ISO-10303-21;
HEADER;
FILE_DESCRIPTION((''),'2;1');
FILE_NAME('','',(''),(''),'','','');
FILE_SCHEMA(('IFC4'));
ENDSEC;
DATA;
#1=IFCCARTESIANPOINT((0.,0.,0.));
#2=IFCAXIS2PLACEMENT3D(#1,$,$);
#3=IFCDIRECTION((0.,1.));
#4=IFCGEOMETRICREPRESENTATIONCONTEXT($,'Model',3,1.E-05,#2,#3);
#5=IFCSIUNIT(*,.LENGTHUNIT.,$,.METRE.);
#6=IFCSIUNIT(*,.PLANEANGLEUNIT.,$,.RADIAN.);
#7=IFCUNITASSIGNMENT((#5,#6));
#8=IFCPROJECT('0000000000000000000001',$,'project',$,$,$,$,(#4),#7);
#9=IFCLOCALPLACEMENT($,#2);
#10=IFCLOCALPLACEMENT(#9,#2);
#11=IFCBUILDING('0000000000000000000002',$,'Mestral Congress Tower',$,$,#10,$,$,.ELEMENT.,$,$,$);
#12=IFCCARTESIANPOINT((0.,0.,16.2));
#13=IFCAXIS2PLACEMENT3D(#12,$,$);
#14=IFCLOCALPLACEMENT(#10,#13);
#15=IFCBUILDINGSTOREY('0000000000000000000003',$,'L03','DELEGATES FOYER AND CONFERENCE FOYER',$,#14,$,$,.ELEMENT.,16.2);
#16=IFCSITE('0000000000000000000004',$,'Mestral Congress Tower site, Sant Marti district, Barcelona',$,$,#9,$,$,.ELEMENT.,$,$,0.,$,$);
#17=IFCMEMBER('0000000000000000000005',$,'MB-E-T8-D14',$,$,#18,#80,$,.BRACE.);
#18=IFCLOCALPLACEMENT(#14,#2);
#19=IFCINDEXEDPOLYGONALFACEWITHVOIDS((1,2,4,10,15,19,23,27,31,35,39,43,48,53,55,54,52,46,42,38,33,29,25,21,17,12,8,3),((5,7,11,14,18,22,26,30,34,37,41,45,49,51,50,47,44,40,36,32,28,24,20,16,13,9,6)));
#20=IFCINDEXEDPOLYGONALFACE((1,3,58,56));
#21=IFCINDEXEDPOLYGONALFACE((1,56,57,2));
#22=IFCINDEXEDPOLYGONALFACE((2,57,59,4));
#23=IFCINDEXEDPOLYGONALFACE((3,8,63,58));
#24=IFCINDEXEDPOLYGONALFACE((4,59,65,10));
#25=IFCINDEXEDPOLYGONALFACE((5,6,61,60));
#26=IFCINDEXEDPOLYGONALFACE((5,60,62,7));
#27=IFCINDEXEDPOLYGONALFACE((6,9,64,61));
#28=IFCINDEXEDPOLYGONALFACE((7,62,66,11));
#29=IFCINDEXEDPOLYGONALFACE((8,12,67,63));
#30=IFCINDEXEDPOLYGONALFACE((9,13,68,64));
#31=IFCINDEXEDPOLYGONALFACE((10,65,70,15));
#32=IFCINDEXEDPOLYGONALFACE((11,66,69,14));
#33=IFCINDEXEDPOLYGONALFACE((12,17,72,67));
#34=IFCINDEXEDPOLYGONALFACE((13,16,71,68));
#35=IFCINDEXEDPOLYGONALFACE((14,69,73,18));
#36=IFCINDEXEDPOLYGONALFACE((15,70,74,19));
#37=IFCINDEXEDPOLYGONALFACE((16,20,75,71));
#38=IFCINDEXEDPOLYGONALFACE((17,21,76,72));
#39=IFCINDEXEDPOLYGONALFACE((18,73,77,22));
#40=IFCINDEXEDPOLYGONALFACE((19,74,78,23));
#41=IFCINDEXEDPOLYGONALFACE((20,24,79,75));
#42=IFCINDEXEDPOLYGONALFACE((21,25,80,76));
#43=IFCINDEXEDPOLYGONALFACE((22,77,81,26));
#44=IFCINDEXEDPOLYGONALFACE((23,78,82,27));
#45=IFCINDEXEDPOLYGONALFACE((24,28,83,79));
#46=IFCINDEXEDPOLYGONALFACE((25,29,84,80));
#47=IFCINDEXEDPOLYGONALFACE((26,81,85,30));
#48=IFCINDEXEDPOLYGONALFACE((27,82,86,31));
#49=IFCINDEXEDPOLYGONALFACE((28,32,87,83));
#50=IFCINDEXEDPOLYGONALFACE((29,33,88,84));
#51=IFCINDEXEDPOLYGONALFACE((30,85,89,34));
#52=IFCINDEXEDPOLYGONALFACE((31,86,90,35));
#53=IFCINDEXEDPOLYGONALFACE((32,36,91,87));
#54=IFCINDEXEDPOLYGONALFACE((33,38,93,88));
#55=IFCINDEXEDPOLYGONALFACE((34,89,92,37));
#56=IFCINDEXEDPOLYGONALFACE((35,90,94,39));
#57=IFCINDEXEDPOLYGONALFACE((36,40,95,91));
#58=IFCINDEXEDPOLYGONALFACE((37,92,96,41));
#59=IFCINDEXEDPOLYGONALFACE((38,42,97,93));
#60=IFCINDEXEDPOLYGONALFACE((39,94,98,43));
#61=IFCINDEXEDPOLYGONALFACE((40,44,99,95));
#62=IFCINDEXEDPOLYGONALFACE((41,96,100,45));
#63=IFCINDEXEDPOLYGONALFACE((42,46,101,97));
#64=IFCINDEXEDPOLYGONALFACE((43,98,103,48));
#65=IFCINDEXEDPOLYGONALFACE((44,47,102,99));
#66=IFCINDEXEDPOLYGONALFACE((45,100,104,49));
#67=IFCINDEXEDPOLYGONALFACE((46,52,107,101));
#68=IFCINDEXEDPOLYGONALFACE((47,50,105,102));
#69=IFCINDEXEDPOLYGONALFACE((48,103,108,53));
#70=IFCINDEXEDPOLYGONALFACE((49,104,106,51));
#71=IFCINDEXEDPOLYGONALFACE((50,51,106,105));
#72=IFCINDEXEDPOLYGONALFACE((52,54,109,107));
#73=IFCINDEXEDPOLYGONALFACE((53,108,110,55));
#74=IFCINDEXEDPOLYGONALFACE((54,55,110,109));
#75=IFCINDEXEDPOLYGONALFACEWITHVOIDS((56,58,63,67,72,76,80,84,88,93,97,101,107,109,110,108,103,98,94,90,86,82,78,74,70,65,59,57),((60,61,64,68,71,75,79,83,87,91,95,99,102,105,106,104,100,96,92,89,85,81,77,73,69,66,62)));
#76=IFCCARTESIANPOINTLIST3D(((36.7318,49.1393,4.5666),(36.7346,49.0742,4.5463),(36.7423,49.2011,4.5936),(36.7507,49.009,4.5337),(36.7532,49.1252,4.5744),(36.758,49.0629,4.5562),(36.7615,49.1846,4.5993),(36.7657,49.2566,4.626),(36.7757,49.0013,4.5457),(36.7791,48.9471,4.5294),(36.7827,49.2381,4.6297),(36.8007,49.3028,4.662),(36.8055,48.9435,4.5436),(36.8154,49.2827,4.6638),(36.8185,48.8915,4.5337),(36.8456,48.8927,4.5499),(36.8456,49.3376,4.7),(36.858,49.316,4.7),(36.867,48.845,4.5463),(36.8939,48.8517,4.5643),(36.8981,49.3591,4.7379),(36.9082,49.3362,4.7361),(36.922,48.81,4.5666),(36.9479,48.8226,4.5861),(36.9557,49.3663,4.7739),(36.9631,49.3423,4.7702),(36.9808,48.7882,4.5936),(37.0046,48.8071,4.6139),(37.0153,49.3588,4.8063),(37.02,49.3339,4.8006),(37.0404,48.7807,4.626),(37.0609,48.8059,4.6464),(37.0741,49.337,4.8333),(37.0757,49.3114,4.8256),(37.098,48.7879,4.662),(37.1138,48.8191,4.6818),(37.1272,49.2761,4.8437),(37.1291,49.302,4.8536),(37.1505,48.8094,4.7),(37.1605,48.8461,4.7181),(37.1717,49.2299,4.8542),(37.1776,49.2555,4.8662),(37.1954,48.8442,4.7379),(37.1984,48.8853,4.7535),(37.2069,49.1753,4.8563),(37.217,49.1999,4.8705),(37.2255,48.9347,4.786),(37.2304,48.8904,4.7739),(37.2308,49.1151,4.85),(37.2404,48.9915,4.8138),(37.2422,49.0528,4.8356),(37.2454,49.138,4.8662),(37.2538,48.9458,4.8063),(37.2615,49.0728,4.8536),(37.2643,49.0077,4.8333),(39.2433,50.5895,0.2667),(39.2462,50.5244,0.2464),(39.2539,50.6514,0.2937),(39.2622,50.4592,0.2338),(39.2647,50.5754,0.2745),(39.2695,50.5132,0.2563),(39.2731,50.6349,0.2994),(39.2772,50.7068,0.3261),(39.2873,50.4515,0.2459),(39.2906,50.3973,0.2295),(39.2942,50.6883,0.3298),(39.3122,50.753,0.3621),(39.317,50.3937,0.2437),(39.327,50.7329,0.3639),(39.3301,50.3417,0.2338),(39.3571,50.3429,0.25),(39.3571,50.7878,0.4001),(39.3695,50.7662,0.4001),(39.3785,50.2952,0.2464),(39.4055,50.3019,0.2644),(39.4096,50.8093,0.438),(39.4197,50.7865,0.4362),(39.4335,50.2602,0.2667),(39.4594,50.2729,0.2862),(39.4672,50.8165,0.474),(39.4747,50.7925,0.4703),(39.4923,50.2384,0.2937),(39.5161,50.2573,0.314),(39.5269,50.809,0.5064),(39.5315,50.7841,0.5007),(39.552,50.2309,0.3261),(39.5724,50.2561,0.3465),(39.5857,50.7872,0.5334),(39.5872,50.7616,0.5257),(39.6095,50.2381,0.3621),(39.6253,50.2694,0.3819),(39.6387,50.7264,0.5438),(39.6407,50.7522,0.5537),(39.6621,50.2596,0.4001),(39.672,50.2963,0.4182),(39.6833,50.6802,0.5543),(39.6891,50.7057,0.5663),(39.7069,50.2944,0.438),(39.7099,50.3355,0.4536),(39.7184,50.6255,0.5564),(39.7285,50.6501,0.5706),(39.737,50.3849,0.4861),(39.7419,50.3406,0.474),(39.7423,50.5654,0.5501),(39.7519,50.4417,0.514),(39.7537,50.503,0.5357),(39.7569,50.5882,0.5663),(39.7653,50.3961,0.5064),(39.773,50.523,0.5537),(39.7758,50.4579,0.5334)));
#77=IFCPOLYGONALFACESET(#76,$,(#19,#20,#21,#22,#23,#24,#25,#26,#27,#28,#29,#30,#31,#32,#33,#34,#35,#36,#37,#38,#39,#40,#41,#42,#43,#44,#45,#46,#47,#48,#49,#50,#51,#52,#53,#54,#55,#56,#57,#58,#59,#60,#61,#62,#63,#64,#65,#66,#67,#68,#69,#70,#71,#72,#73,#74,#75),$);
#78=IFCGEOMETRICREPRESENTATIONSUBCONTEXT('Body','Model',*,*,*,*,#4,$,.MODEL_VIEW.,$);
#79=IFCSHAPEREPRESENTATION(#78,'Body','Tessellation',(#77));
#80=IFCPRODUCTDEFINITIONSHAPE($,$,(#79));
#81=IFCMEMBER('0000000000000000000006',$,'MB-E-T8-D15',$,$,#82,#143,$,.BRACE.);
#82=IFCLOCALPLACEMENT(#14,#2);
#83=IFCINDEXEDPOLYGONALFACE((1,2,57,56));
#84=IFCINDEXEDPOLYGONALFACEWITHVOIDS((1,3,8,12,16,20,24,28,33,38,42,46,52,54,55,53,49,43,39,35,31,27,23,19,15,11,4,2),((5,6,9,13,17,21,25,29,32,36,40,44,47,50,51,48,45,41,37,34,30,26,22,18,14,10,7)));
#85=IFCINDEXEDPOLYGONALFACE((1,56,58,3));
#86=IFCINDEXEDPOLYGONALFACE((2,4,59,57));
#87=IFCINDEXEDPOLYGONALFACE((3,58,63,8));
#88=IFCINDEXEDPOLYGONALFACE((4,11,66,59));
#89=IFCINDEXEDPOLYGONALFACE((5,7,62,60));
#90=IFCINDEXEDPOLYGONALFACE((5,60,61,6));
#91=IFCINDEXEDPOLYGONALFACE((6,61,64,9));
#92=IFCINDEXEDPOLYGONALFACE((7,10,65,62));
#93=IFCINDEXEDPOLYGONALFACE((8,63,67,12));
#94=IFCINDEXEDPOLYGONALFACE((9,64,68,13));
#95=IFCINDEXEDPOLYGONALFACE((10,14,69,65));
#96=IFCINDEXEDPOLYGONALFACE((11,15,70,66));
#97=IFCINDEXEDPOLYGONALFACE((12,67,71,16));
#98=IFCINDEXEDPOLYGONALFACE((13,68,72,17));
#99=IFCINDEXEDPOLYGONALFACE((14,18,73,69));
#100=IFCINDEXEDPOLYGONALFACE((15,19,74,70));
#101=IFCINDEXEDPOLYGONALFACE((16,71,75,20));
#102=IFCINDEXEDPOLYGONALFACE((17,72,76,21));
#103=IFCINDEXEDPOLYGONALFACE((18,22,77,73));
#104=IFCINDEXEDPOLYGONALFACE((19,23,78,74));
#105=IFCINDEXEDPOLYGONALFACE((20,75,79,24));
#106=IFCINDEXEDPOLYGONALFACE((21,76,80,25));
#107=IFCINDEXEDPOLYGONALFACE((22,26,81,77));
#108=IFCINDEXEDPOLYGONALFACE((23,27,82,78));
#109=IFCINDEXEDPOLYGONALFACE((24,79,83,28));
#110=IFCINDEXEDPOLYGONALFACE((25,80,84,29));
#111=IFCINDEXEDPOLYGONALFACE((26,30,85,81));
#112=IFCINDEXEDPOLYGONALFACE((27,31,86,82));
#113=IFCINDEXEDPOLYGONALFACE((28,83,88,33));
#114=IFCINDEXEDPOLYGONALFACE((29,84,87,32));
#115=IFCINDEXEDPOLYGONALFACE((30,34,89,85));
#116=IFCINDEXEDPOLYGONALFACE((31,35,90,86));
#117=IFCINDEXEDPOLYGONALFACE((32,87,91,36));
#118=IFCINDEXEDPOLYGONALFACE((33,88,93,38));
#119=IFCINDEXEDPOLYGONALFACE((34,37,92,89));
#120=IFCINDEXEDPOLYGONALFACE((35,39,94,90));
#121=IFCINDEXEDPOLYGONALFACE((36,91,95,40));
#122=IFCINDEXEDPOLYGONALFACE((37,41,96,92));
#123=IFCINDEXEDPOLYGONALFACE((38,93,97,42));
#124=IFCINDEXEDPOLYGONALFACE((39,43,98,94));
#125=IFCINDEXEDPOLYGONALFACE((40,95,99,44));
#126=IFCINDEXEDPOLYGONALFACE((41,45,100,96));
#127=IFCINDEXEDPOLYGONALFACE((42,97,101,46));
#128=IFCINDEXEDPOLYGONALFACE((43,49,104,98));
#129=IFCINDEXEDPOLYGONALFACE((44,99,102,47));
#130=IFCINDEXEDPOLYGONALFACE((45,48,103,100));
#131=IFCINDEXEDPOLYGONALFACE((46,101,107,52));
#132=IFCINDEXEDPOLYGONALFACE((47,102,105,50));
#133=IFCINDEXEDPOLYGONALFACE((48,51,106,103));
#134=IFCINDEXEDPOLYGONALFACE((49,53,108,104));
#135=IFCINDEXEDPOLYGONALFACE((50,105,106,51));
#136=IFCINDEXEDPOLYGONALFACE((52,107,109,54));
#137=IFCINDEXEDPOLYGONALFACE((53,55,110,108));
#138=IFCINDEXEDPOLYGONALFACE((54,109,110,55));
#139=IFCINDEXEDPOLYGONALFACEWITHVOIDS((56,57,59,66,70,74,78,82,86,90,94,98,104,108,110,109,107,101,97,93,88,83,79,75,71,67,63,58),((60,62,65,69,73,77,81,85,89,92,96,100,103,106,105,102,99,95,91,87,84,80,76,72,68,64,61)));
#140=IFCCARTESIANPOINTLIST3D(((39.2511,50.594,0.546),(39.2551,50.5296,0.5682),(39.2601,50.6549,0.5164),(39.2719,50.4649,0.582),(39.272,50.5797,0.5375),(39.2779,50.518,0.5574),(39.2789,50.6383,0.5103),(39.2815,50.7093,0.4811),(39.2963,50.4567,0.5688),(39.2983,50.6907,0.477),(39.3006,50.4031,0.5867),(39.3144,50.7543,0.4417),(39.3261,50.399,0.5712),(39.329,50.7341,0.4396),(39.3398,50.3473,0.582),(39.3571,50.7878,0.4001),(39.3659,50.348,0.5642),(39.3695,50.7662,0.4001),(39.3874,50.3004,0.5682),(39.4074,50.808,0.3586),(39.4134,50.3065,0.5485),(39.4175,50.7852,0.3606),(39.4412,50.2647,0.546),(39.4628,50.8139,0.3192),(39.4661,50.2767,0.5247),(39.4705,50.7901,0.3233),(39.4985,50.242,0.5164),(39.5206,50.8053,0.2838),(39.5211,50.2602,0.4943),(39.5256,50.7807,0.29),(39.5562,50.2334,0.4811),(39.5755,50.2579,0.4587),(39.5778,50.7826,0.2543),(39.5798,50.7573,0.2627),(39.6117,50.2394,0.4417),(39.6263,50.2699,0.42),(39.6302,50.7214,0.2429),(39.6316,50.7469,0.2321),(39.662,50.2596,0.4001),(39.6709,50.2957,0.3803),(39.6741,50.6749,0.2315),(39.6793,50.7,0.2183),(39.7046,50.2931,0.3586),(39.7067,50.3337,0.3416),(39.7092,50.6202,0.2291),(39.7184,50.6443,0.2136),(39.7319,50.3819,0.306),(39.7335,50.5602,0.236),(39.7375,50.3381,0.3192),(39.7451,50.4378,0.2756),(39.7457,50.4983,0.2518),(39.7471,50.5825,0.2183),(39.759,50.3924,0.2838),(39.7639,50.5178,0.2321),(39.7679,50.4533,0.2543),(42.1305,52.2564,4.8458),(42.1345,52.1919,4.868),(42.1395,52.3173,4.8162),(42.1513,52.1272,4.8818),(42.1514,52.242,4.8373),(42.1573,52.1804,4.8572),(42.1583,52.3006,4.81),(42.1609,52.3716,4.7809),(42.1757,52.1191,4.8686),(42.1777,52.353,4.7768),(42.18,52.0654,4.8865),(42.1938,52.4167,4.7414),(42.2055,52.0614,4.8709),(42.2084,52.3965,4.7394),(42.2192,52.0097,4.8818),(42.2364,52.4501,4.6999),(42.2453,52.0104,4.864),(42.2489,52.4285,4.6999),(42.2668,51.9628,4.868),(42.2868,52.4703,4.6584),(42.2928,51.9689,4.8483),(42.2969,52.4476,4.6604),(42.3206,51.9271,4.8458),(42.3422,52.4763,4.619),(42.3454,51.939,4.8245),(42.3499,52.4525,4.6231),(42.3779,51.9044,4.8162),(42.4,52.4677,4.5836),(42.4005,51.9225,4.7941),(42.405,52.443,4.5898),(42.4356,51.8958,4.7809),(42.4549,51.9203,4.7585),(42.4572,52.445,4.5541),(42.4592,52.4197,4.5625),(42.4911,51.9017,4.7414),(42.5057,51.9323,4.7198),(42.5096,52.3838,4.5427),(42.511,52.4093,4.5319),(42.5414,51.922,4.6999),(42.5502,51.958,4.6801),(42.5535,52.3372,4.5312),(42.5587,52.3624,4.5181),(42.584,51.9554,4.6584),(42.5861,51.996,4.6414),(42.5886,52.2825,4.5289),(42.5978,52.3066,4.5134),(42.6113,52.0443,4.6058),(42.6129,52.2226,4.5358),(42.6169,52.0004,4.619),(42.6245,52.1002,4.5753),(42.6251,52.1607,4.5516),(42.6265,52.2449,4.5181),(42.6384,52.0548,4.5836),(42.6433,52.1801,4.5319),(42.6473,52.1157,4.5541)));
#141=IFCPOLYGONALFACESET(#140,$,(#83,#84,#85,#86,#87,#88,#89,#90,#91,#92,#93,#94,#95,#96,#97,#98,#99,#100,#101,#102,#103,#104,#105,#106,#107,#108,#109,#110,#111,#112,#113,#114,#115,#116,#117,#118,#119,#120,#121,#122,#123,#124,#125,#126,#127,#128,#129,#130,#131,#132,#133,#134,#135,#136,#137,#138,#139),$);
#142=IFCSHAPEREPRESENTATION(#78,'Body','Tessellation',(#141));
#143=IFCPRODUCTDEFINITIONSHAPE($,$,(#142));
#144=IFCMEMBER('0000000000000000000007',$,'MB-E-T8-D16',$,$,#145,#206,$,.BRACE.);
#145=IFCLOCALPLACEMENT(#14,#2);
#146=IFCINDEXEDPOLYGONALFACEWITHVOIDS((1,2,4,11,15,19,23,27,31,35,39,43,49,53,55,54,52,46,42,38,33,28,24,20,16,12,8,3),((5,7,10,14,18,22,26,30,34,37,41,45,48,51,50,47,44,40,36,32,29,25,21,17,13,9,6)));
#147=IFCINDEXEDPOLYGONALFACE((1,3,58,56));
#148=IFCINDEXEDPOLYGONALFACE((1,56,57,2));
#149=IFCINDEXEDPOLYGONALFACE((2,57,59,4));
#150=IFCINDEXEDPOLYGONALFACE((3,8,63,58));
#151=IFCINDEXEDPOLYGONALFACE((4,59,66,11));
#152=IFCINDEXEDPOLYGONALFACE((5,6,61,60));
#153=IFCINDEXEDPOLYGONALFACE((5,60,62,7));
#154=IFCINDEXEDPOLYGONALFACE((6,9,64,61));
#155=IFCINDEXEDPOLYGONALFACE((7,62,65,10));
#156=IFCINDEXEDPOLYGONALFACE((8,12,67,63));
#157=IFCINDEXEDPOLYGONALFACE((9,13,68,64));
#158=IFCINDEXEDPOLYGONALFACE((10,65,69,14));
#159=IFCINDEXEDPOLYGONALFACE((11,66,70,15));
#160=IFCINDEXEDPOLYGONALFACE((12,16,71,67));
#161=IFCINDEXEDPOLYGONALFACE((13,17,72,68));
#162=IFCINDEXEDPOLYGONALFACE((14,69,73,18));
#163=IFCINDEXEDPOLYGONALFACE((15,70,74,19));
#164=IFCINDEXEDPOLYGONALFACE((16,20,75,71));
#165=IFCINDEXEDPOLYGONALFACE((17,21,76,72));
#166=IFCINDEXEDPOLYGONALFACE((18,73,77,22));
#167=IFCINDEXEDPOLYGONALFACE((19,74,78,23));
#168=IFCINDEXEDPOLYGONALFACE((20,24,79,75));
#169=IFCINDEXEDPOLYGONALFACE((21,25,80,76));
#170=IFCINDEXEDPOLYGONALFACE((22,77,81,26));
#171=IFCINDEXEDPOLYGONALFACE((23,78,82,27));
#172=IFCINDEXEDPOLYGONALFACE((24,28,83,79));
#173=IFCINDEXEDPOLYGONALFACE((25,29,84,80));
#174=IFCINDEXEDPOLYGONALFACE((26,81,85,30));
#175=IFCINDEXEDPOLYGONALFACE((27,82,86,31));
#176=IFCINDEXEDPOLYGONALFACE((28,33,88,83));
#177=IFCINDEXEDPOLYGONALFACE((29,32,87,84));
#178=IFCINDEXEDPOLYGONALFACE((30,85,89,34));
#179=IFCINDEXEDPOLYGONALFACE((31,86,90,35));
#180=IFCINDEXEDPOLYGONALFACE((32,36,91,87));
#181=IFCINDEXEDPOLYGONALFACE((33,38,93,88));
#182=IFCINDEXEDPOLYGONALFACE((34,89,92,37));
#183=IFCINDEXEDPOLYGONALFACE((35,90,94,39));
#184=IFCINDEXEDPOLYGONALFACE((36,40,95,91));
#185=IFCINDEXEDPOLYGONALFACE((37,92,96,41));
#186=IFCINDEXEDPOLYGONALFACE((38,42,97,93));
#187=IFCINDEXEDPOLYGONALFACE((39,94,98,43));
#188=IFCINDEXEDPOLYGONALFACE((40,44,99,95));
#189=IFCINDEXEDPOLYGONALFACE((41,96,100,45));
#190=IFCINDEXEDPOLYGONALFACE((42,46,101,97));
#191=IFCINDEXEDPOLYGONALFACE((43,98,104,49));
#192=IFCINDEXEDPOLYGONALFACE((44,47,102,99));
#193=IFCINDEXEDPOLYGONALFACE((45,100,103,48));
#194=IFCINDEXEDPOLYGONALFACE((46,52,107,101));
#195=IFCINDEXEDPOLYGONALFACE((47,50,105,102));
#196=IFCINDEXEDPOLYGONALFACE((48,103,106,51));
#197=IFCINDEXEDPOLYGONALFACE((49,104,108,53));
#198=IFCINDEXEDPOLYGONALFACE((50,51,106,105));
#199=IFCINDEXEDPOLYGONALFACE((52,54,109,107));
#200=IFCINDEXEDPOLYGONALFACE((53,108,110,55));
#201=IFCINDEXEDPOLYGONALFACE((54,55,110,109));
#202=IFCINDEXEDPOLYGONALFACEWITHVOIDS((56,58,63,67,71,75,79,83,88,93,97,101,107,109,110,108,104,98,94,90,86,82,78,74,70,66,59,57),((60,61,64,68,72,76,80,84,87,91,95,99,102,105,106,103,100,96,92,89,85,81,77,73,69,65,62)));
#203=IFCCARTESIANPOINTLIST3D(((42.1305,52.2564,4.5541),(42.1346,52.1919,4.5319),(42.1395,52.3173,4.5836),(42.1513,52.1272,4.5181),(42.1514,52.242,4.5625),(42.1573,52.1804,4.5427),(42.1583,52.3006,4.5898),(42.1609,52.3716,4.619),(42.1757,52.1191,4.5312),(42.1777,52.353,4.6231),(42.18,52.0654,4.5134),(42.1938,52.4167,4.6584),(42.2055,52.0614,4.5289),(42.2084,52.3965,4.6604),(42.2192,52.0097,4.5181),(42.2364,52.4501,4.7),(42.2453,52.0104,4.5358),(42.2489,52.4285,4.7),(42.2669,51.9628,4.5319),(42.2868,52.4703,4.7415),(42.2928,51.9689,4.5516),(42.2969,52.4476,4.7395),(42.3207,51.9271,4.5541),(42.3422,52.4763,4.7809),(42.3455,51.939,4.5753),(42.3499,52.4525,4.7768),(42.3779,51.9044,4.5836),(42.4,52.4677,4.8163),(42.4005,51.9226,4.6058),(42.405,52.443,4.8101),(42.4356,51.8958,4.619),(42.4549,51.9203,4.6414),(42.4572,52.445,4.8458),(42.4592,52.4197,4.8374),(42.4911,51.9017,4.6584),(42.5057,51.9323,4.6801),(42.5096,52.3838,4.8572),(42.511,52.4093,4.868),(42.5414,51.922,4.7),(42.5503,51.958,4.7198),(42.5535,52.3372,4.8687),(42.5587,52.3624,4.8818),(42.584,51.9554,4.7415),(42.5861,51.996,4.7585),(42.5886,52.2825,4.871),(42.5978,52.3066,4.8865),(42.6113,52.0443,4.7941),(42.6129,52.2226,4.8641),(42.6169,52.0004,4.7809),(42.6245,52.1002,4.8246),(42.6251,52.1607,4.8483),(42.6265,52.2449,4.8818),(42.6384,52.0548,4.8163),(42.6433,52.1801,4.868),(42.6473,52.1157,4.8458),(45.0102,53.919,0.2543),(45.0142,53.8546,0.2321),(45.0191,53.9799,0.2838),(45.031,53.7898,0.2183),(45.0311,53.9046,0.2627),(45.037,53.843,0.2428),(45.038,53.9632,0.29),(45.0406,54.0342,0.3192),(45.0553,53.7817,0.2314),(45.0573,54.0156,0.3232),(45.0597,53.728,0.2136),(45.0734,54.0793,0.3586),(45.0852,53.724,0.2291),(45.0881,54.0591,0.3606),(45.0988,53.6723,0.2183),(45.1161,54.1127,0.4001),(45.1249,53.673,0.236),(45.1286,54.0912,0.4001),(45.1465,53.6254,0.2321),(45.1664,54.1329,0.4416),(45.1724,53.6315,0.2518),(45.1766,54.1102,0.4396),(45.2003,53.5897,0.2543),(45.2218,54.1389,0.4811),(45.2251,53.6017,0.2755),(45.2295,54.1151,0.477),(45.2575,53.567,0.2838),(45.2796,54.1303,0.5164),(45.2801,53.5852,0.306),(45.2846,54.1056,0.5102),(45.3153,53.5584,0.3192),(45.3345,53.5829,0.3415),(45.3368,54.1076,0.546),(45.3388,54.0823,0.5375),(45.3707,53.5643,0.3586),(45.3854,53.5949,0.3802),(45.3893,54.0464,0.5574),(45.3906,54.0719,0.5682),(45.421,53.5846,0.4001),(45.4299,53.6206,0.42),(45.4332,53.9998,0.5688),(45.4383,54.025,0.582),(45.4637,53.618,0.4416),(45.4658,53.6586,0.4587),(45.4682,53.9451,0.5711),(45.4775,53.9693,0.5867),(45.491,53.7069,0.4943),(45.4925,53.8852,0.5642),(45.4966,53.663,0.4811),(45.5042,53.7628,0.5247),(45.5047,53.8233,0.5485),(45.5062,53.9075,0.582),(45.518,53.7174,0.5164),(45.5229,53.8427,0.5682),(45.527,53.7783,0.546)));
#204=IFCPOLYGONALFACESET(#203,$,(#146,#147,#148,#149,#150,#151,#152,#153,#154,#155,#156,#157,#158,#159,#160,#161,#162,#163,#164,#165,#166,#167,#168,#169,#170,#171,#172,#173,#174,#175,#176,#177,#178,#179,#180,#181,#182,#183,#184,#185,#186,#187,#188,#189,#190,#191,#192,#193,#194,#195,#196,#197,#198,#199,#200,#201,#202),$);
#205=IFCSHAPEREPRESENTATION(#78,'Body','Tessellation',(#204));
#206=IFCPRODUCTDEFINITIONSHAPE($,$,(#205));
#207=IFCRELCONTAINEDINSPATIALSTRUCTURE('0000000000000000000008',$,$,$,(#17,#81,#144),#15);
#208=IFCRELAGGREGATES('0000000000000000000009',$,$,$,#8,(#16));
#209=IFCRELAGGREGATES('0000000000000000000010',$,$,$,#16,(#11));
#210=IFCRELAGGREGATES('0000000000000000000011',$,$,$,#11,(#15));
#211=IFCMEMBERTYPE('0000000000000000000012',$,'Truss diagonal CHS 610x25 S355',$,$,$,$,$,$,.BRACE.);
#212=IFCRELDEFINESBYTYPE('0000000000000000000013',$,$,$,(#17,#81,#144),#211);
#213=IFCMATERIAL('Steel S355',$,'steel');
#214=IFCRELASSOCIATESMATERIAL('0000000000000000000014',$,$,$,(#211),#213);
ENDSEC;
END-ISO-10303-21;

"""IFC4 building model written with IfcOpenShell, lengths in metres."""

from ifc_helpers import new_model, si_unit, direction, frame, origin, origin_2d, place, context, subcontext, project, spatial, hollow_circle, extrude, material, material_profile, profile_set, type_object, element, save


model = new_model("IFC4")

# Units and contexts
model_context = context("Model", 3, precision=1e-05, world=origin(), true_north=direction((0.0, 1.0)))
body_context = subcontext(model_context, "Body", "Model", "MODEL_VIEW")
ifc_project = project(units=[si_unit("LENGTHUNIT", "METRE"), si_unit("PLANEANGLEUNIT", "RADIAN")], contexts=[model_context])

# Site, building, storey
site_placement = place(None, origin())
site = spatial("IfcSite", under=ifc_project, at=site_placement, Name="Mestral Congress Tower site, Sant Marti district, Barcelona", CompositionType="ELEMENT", RefElevation=0.0)
building_placement = place(site_placement, origin())
building = spatial("IfcBuilding", under=site, at=building_placement, Name="Mestral Congress Tower", CompositionType="ELEMENT")
storey_placement = place(building_placement, frame((0.0, 0.0, 16.2)))
storey = spatial("IfcBuildingStorey", under=building, at=storey_placement, Name="L03", Description="DELEGATES FOYER AND CONFERENCE FOYER", CompositionType="ELEMENT", Elevation=16.2)

# Members
ifc_material_1 = material(Name="Steel S355", Category="steel")
ifc_material_profile_1 = material_profile(ifc_material_1, hollow_circle(Radius=0.3049, WallThickness=0.0249, at=origin_2d()), Name="CHS 610x25")
ifc_profile_set_1 = profile_set([ifc_material_profile_1], Name="Steel S355")
member_type_1 = type_object("IfcMemberType", Name="Truss diagonal CHS 610x25 S355", PredefinedType="BRACE", material=ifc_profile_set_1)
member_1_placement = place(storey_placement, frame((36.998, 49.0735, 4.7), z_axis=(0.484241, 0.279614, -0.829052), x_axis=(-0.50005, 0.865996, 0.0)))
element("IfcMember", 1, at=member_1_placement, inside=storey, type_object=member_type_1, Name="MB-E-T8-D14", PredefinedType="BRACE", context=body_context, shape_type="SweptSolid", body=[
    extrude(hollow_circle(Radius=0.3049, WallThickness=0.0249, at=origin_2d()), origin(), (0.0, 0.0, 1.0), 5.1865),
])
member_2_placement = place(storey_placement, frame((39.5095, 50.5237, 0.4001), z_axis=(0.529757, 0.305843, 0.791087), x_axis=(-0.499985, 0.866034, 0.0)))
element("IfcMember", 2, at=member_2_placement, inside=storey, type_object=member_type_1, Name="MB-E-T8-D15", PredefinedType="BRACE", context=body_context, shape_type="SweptSolid", body=[
    extrude(hollow_circle(Radius=0.3049, WallThickness=0.0249, at=origin_2d()), origin(), (0.0, 0.0, 1.0), 5.4353),
])
for number, where, z_axis, x_axis, name in (
    (3, (42.3889, 52.186, 4.7), (0.529782, 0.305877, -0.791057), (-0.500008, 0.866021, 0.0), "MB-E-T8-D16"),
):
    element("IfcMember", number, at=place(storey_placement, frame(where, z_axis=z_axis, x_axis=x_axis)), inside=storey, type_object=member_type_1, Name=name, PredefinedType="BRACE", context=body_context, shape_type="SweptSolid", body=[
        extrude(hollow_circle(Radius=0.3049, WallThickness=0.0249, at=origin_2d()), origin(), (0.0, 0.0, 1.0), 5.4355),
    ])

save(model, "model.ifc")
